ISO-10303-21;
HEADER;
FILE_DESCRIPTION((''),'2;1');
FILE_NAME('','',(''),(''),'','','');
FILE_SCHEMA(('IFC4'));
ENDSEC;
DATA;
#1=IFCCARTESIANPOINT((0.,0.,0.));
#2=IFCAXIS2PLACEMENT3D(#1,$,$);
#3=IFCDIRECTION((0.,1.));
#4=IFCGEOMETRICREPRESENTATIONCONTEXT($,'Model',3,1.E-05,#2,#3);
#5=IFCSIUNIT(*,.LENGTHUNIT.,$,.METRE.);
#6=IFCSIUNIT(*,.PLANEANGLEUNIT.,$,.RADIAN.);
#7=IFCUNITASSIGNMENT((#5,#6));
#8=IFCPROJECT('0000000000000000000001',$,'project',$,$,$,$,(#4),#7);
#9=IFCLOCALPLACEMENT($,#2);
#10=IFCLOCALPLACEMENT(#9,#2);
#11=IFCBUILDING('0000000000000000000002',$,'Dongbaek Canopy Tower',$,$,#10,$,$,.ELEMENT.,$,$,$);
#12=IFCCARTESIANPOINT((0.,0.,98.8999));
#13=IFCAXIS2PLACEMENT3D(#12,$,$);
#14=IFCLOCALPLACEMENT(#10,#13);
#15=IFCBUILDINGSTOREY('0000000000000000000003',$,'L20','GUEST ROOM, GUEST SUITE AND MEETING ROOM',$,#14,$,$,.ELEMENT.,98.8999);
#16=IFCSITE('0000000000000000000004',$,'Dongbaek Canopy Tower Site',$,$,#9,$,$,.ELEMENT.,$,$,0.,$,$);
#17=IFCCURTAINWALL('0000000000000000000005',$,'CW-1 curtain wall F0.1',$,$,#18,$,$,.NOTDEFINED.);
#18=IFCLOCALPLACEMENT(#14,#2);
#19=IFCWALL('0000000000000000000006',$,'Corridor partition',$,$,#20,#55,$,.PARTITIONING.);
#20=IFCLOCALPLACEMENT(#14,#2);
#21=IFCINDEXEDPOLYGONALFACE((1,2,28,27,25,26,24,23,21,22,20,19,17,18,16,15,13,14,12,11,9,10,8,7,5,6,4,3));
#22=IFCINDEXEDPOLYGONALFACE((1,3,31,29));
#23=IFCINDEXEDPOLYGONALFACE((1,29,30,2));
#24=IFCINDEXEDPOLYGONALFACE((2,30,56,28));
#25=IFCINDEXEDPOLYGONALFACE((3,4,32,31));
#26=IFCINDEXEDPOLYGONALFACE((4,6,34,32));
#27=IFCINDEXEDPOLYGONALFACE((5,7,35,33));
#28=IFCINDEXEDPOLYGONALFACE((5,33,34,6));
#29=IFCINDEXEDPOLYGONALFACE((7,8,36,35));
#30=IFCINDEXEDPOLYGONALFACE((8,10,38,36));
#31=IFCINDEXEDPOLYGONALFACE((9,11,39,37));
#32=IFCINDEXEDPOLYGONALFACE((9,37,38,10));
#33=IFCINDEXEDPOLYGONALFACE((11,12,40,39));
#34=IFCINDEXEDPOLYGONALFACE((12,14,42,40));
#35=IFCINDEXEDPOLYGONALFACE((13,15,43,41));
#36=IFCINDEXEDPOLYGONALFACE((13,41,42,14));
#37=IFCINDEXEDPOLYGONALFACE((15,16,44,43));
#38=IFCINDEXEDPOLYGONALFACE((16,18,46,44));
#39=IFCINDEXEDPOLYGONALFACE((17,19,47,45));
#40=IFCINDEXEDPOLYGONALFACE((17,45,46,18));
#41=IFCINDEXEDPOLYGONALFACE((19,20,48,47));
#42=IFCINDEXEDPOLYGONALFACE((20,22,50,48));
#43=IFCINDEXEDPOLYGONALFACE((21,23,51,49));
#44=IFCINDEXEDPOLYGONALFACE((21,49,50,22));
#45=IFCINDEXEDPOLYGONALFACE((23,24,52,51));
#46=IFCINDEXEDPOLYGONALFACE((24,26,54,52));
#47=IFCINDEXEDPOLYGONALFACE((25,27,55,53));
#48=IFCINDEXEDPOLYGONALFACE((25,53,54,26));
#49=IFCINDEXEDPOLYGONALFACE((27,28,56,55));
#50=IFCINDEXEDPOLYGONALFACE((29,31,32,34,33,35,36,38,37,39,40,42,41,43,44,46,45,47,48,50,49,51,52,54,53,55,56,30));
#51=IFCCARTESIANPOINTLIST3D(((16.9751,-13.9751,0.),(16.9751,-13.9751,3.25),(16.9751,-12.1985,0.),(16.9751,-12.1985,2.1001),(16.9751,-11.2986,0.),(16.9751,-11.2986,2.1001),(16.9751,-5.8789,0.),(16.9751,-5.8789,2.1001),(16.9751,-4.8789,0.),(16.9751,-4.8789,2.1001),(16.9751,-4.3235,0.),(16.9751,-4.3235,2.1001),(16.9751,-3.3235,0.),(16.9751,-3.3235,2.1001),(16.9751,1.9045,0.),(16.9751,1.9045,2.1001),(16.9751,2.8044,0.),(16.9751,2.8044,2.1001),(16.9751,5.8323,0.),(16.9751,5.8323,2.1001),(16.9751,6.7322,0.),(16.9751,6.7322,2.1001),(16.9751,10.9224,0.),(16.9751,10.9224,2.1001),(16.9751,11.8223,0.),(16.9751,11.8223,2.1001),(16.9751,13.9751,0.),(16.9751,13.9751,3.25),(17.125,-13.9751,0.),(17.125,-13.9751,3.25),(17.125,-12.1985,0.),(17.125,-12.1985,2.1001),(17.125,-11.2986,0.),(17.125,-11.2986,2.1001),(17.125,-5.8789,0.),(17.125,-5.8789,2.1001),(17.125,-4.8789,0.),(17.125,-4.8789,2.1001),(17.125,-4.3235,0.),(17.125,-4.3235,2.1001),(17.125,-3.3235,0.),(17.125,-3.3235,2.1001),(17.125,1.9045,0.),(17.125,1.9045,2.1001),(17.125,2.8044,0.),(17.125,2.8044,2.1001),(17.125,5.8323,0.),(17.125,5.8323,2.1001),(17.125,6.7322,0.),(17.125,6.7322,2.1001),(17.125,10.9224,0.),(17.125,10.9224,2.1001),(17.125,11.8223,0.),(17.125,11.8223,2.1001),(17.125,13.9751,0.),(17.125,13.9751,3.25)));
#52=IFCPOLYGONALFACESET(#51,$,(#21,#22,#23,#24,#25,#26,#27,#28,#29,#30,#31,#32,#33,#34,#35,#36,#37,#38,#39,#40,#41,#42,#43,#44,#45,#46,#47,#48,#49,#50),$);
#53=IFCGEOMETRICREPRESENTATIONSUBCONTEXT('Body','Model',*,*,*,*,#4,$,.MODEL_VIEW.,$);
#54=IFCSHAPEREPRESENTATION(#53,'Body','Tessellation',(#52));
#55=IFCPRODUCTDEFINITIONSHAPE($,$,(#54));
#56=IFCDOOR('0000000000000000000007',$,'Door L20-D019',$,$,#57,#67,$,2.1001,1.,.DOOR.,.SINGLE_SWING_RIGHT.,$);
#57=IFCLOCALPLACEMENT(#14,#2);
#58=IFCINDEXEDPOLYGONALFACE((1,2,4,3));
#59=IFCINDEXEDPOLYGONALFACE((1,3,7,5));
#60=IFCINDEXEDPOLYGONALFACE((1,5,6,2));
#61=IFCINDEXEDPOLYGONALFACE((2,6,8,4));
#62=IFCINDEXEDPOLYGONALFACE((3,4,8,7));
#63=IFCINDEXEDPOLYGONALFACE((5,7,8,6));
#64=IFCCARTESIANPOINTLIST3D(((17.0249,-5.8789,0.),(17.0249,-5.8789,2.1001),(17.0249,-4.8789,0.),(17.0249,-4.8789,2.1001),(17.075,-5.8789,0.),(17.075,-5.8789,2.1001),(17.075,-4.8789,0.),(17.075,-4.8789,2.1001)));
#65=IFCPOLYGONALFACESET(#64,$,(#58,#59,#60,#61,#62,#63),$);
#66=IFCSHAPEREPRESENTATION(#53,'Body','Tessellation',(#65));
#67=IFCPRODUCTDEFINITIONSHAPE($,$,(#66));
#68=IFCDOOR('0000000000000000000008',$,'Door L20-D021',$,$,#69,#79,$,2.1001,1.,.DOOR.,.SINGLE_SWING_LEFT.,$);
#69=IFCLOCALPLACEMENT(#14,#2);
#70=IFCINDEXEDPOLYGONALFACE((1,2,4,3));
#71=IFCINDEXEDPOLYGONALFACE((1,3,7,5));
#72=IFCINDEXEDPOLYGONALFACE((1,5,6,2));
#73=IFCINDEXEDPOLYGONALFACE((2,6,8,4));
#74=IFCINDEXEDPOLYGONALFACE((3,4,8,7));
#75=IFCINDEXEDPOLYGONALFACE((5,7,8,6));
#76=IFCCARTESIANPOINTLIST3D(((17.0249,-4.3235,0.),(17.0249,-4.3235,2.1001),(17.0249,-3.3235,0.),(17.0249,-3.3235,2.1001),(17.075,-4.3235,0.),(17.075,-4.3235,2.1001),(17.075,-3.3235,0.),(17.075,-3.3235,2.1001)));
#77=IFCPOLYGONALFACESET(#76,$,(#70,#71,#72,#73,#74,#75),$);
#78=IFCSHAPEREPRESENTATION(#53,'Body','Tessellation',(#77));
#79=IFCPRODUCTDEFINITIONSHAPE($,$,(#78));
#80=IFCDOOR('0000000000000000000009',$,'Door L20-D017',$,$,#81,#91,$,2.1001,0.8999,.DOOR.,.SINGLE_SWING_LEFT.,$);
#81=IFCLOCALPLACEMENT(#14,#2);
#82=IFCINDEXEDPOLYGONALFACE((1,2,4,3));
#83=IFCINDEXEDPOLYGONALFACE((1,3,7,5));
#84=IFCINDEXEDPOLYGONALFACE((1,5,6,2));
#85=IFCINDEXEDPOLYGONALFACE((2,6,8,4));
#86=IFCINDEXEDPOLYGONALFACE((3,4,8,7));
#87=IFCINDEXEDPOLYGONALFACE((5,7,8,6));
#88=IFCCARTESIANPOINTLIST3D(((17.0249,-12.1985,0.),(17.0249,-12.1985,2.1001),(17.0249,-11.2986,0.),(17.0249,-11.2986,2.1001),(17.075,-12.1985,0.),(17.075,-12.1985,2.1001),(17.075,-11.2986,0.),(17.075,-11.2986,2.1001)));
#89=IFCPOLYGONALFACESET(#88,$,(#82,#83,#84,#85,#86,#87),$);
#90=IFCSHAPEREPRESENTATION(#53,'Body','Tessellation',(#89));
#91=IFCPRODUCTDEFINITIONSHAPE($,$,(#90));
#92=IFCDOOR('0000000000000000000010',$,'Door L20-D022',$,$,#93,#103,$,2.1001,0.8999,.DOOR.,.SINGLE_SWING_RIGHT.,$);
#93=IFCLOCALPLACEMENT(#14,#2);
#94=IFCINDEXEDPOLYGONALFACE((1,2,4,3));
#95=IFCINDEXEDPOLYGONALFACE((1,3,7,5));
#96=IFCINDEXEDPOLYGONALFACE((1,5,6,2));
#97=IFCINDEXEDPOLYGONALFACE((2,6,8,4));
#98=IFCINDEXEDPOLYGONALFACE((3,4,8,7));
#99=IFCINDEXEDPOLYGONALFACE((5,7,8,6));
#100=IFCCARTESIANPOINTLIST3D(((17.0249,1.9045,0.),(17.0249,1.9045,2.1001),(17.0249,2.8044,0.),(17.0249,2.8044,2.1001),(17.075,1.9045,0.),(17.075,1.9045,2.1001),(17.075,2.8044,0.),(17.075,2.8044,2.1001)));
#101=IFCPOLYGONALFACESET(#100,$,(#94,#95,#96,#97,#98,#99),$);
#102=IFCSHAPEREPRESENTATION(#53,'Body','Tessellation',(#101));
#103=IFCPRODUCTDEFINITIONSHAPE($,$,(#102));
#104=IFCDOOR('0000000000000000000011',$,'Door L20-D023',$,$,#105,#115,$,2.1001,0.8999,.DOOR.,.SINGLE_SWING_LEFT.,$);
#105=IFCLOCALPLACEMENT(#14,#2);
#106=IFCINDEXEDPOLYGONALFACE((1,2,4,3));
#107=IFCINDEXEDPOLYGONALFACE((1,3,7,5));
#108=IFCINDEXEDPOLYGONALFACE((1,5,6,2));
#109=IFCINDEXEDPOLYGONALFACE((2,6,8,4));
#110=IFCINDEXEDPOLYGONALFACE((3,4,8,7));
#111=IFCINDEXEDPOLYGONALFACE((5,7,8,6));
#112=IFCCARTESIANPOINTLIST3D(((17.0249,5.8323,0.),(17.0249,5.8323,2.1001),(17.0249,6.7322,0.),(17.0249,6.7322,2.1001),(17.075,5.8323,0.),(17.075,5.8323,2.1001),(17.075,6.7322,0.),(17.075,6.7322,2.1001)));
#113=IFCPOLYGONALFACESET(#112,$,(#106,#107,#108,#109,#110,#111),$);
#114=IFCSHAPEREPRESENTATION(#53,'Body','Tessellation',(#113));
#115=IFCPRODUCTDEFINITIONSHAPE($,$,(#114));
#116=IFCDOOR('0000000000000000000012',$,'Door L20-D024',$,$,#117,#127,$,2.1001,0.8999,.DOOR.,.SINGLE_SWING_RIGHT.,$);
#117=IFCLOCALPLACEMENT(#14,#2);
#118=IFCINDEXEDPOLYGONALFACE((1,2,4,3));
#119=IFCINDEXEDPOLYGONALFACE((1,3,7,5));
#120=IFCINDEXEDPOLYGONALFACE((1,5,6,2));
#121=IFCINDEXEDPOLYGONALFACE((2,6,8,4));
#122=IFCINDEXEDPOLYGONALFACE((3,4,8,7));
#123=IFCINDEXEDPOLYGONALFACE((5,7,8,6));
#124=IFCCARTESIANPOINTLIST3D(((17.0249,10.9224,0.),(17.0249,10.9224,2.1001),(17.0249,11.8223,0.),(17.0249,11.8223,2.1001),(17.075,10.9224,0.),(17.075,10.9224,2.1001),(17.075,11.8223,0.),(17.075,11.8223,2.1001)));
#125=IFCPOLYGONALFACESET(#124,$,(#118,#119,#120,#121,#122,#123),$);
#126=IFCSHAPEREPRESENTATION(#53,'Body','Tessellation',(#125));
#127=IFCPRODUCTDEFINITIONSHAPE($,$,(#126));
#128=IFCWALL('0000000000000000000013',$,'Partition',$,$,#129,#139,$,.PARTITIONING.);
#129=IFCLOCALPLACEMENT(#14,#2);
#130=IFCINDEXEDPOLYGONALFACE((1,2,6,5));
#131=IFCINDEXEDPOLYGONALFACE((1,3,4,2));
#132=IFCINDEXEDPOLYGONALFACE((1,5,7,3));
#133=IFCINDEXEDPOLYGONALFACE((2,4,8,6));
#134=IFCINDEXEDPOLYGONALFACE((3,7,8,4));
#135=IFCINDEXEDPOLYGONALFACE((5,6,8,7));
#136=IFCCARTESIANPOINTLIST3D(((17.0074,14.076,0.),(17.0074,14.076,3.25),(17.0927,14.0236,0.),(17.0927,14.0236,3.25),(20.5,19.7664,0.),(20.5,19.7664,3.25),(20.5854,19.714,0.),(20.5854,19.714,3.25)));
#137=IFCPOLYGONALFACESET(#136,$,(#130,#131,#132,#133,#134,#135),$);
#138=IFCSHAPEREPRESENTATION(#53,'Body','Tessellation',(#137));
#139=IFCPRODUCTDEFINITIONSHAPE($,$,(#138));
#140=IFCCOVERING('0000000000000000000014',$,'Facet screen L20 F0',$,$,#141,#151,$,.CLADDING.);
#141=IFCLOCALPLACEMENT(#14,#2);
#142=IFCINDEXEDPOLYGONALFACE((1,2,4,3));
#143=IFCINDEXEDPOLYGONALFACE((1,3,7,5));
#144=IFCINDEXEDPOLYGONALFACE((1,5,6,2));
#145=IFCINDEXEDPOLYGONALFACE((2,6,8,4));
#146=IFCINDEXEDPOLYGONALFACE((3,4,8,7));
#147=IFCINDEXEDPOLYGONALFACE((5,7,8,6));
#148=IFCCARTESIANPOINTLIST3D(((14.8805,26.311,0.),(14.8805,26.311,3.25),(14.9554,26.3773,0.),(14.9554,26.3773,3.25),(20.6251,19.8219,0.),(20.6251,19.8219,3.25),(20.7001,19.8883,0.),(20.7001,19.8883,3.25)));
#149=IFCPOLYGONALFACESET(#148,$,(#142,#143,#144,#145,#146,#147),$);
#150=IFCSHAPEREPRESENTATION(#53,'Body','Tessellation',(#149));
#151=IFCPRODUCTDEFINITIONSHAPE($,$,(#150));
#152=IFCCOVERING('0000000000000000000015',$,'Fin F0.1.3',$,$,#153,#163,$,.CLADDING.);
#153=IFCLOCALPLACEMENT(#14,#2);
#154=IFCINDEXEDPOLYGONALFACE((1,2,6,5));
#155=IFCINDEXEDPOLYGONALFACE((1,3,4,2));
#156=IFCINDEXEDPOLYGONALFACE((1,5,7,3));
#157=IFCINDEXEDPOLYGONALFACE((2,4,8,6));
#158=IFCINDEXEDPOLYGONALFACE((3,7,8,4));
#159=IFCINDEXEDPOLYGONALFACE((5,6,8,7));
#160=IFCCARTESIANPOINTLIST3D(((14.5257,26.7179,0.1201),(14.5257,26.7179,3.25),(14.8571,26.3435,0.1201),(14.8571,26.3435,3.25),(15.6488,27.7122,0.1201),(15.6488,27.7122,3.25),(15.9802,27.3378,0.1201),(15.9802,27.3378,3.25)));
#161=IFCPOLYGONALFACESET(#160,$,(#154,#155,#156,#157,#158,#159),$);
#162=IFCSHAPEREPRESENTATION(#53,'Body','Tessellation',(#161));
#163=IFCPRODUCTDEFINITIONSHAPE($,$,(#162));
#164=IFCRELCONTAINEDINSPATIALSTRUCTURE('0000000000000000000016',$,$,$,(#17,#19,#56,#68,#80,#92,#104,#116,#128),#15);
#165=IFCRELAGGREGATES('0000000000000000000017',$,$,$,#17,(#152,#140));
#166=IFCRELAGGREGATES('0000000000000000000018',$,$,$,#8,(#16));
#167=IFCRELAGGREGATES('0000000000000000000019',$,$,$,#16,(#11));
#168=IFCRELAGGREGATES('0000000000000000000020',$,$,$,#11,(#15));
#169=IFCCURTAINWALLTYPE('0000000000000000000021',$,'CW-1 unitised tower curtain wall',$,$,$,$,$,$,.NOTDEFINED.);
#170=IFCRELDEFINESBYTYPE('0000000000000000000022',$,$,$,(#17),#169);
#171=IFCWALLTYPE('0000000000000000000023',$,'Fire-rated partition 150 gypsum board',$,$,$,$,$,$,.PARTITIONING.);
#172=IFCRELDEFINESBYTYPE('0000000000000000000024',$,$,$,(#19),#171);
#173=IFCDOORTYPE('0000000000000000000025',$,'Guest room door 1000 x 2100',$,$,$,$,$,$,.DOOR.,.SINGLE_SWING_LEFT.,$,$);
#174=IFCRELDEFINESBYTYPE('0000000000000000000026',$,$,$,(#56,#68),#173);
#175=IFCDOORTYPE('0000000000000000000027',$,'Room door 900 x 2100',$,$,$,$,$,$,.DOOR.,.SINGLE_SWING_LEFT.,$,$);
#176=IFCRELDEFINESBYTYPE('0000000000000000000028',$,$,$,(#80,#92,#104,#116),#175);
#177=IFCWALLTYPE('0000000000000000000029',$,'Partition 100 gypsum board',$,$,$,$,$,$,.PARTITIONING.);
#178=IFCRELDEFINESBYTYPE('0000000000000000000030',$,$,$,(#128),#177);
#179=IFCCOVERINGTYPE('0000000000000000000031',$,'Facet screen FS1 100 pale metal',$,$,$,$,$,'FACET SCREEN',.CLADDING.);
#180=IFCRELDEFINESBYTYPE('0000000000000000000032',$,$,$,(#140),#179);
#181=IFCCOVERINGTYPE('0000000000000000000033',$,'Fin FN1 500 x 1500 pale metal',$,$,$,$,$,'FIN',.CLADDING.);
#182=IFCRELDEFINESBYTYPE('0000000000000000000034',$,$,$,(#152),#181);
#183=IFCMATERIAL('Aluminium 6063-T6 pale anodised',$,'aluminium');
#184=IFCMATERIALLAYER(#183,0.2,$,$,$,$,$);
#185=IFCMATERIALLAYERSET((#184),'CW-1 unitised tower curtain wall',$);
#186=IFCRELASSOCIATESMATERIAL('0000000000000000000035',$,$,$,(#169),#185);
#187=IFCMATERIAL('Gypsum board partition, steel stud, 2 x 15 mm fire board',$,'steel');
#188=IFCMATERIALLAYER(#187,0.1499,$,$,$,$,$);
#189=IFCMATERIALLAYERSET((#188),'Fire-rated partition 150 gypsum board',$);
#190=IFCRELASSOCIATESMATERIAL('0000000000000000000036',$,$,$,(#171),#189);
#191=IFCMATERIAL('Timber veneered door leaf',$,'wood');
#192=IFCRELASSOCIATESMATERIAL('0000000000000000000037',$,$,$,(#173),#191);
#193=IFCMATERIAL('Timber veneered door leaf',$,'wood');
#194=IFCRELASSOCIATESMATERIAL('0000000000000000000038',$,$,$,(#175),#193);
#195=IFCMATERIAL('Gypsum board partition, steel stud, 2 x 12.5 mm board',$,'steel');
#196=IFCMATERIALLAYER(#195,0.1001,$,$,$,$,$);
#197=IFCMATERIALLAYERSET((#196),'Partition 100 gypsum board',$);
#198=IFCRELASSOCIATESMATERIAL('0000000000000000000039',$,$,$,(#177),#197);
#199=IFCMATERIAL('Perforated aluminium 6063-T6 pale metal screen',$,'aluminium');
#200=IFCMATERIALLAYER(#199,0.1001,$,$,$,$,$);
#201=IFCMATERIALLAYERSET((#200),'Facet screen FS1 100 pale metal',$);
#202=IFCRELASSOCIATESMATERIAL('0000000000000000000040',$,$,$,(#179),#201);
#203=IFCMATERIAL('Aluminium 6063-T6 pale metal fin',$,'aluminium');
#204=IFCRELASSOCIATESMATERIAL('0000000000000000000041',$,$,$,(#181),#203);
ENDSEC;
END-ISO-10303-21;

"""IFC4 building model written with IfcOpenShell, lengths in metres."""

from ifc_helpers import new_model, si_unit, direction, frame, frame_2d, origin, origin_2d, place, context, subcontext, project, spatial, rectangle, extrude, material, layer, layer_set, material_profile, profile_set, type_object, element, fill, aggregate, save


model = new_model("IFC4")

# Units and contexts
model_context = context("Model", 3, precision=1e-05, world=origin(), true_north=direction((0.0, 1.0)))
body_context = subcontext(model_context, "Body", "Model", "MODEL_VIEW")
ifc_project = project(units=[si_unit("LENGTHUNIT", "METRE"), si_unit("PLANEANGLEUNIT", "RADIAN")], contexts=[model_context])

# Site, building, storey
site_placement = place(None, origin())
site = spatial("IfcSite", under=ifc_project, at=site_placement, Name="Dongbaek Canopy Tower Site", CompositionType="ELEMENT", RefElevation=0.0)
building_placement = place(site_placement, origin())
building = spatial("IfcBuilding", under=site, at=building_placement, Name="Dongbaek Canopy Tower", CompositionType="ELEMENT")
storey_placement = place(building_placement, frame((0.0, 0.0, 98.8999)))
storey = spatial("IfcBuildingStorey", under=building, at=storey_placement, Name="L20", Description="GUEST ROOM, GUEST SUITE AND MEETING ROOM", CompositionType="ELEMENT", Elevation=98.8999)

# Curtain wall
ifc_material_1 = material(Name="Aluminium 6063-T6 pale anodised", Category="aluminium")
ifc_layer_1 = layer(ifc_material_1, 0.2)
ifc_layer_set_1 = layer_set([ifc_layer_1], Name="CW-1 unitised tower curtain wall")
curtain_wall_type = type_object("IfcCurtainWallType", Name="CW-1 unitised tower curtain wall", PredefinedType="NOTDEFINED", material=ifc_layer_set_1)
curtain_wall_1_placement = place(storey_placement, origin())
curtain_wall_1 = element("IfcCurtainWall", 1, at=curtain_wall_1_placement, inside=storey, type_object=curtain_wall_type, Name="CW-1 curtain wall F0.1", PredefinedType="NOTDEFINED")

# Wall, openings, doors
ifc_material_2 = material(Name="Gypsum board partition, steel stud, 2 x 15 mm fire board", Category="steel")
ifc_layer_2 = layer(ifc_material_2, 0.1499)
ifc_layer_set_2 = layer_set([ifc_layer_2], Name="Fire-rated partition 150 gypsum board")
wall_type_1 = type_object("IfcWallType", Name="Fire-rated partition 150 gypsum board", PredefinedType="PARTITIONING", material=ifc_layer_set_2)
wall_1_placement = place(storey_placement, frame((17.05, 13.9751, 0.0), z_axis=(0.0, 0.0, 1.0), x_axis=(0.0, -1.0, 0.0)))
wall_1 = element("IfcWall", 2, at=wall_1_placement, inside=storey, type_object=wall_type_1, Name="Corridor partition", PredefinedType="PARTITIONING", context=body_context, shape_type="SweptSolid", body=[
    extrude(rectangle(XDim=27.9502, YDim=0.1499, at=frame_2d((13.9751, 0.0))), origin(), (0.0, 0.0, 1.0), 3.25),
])
opening_1_placement = place(wall_1_placement, frame((25.2737, 0.0, 0.0)))
opening_1 = element("IfcOpeningElement", 3, at=opening_1_placement, cuts=wall_1, PredefinedType="OPENING", context=body_context, shape_type="SweptSolid", body=[
    extrude(rectangle(XDim=0.8999, YDim=2.1001, at=frame_2d((0.45, 1.05))), frame((0.0, 0.085, 0.0), z_axis=(0.0, -1.0, 0.0), x_axis=(1.0, 0.0, 0.0)), (0.0, 0.0, 1.0), 0.1699),
])
opening_2_placement = place(wall_1_placement, frame((18.854, 0.0, 0.0)))
opening_2 = element("IfcOpeningElement", 4, at=opening_2_placement, cuts=wall_1, PredefinedType="OPENING", context=body_context, shape_type="SweptSolid", body=[
    extrude(rectangle(XDim=1.0, YDim=2.1001, at=frame_2d((0.5, 1.05))), frame((0.0, 0.085, 0.0), z_axis=(0.0, -1.0, 0.0), x_axis=(1.0, 0.0, 0.0)), (0.0, 0.0, 1.0), 0.1699),
])
opening_3_placement = place(wall_1_placement, frame((17.2986, 0.0, 0.0)))
opening_3 = element("IfcOpeningElement", 5, at=opening_3_placement, cuts=wall_1, PredefinedType="OPENING", context=body_context, shape_type="SweptSolid", body=[
    extrude(rectangle(XDim=1.0, YDim=2.1001, at=frame_2d((0.5, 1.05))), frame((0.0, 0.085, 0.0), z_axis=(0.0, -1.0, 0.0), x_axis=(1.0, 0.0, 0.0)), (0.0, 0.0, 1.0), 0.1699),
])
opening_4_placement = place(wall_1_placement, frame((11.1707, 0.0, 0.0)))
opening_4 = element("IfcOpeningElement", 6, at=opening_4_placement, cuts=wall_1, PredefinedType="OPENING", context=body_context, shape_type="SweptSolid", body=[
    extrude(rectangle(XDim=0.8999, YDim=2.1001, at=frame_2d((0.45, 1.05))), frame((0.0, 0.085, 0.0), z_axis=(0.0, -1.0, 0.0), x_axis=(1.0, 0.0, 0.0)), (0.0, 0.0, 1.0), 0.1699),
])
opening_5_placement = place(wall_1_placement, frame((7.2429, 0.0, 0.0)))
opening_5 = element("IfcOpeningElement", 7, at=opening_5_placement, cuts=wall_1, PredefinedType="OPENING", context=body_context, shape_type="SweptSolid", body=[
    extrude(rectangle(XDim=0.8999, YDim=2.1001, at=frame_2d((0.45, 1.05))), frame((0.0, 0.085, 0.0), z_axis=(0.0, -1.0, 0.0), x_axis=(1.0, 0.0, 0.0)), (0.0, 0.0, 1.0), 0.1699),
])
opening_6_placement = place(wall_1_placement, frame((2.1528, 0.0, 0.0)))
opening_6 = element("IfcOpeningElement", 8, at=opening_6_placement, cuts=wall_1, PredefinedType="OPENING", context=body_context, shape_type="SweptSolid", body=[
    extrude(rectangle(XDim=0.8999, YDim=2.1001, at=frame_2d((0.45, 1.05))), frame((0.0, 0.085, 0.0), z_axis=(0.0, -1.0, 0.0), x_axis=(1.0, 0.0, 0.0)), (0.0, 0.0, 1.0), 0.1699),
])
ifc_material_3 = material(Name="Timber veneered door leaf", Category="wood")
door_type_1 = type_object("IfcDoorType", Name="Guest room door 1000 x 2100", OperationType="SINGLE_SWING_LEFT", PredefinedType="DOOR", material=ifc_material_3)
door_1_placement = place(opening_2_placement, origin())
door_1 = element("IfcDoor", 9, at=door_1_placement, inside=storey, type_object=door_type_1, Name="Door L20-D019", OperationType="SINGLE_SWING_RIGHT", OverallHeight=2.1001, OverallWidth=1.0, PredefinedType="DOOR", context=body_context, shape_type="SweptSolid", body=[
    extrude(rectangle(XDim=1.0, YDim=2.1001, at=frame_2d((0.5, 1.05))), frame((0.0, 0.0249, 0.0), z_axis=(0.0, -1.0, 0.0), x_axis=(1.0, 0.0, 0.0)), (0.0, 0.0, 1.0), 0.05),
])
fill(opening_2, door_1)
door_2_placement = place(opening_3_placement, origin())
door_2 = element("IfcDoor", 10, at=door_2_placement, inside=storey, type_object=door_type_1, Name="Door L20-D021", OperationType="SINGLE_SWING_LEFT", OverallHeight=2.1001, OverallWidth=1.0, PredefinedType="DOOR", context=body_context, shape_type="SweptSolid", body=[
    extrude(rectangle(XDim=1.0, YDim=2.1001, at=frame_2d((0.5, 1.05))), frame((0.0, 0.0249, 0.0), z_axis=(0.0, -1.0, 0.0), x_axis=(1.0, 0.0, 0.0)), (0.0, 0.0, 1.0), 0.05),
])
fill(opening_3, door_2)
ifc_material_4 = material(Name="Timber veneered door leaf", Category="wood")
door_type_2 = type_object("IfcDoorType", Name="Room door 900 x 2100", OperationType="SINGLE_SWING_LEFT", PredefinedType="DOOR", material=ifc_material_4)
door_3_placement = place(opening_1_placement, origin())
door_3 = element("IfcDoor", 11, at=door_3_placement, inside=storey, type_object=door_type_2, Name="Door L20-D017", OperationType="SINGLE_SWING_LEFT", OverallHeight=2.1001, OverallWidth=0.8999, PredefinedType="DOOR", context=body_context, shape_type="SweptSolid", body=[
    extrude(rectangle(XDim=0.8999, YDim=2.1001, at=frame_2d((0.45, 1.05))), frame((0.0, 0.0249, 0.0), z_axis=(0.0, -1.0, 0.0), x_axis=(1.0, 0.0, 0.0)), (0.0, 0.0, 1.0), 0.05),
])
fill(opening_1, door_3)
door_4_placement = place(opening_4_placement, origin())
door_4 = element("IfcDoor", 12, at=door_4_placement, inside=storey, type_object=door_type_2, Name="Door L20-D022", OperationType="SINGLE_SWING_RIGHT", OverallHeight=2.1001, OverallWidth=0.8999, PredefinedType="DOOR", context=body_context, shape_type="SweptSolid", body=[
    extrude(rectangle(XDim=0.8999, YDim=2.1001, at=frame_2d((0.45, 1.05))), frame((0.0, 0.0249, 0.0), z_axis=(0.0, -1.0, 0.0), x_axis=(1.0, 0.0, 0.0)), (0.0, 0.0, 1.0), 0.05),
])
fill(opening_4, door_4)
door_5_placement = place(opening_5_placement, origin())
door_5 = element("IfcDoor", 13, at=door_5_placement, inside=storey, type_object=door_type_2, Name="Door L20-D023", OperationType="SINGLE_SWING_LEFT", OverallHeight=2.1001, OverallWidth=0.8999, PredefinedType="DOOR", context=body_context, shape_type="SweptSolid", body=[
    extrude(rectangle(XDim=0.8999, YDim=2.1001, at=frame_2d((0.45, 1.05))), frame((0.0, 0.0249, 0.0), z_axis=(0.0, -1.0, 0.0), x_axis=(1.0, 0.0, 0.0)), (0.0, 0.0, 1.0), 0.05),
])
fill(opening_5, door_5)
door_6_placement = place(opening_6_placement, origin())
door_6 = element("IfcDoor", 14, at=door_6_placement, inside=storey, type_object=door_type_2, Name="Door L20-D024", OperationType="SINGLE_SWING_RIGHT", OverallHeight=2.1001, OverallWidth=0.8999, PredefinedType="DOOR", context=body_context, shape_type="SweptSolid", body=[
    extrude(rectangle(XDim=0.8999, YDim=2.1001, at=frame_2d((0.45, 1.05))), frame((0.0, 0.0249, 0.0), z_axis=(0.0, -1.0, 0.0), x_axis=(1.0, 0.0, 0.0)), (0.0, 0.0, 1.0), 0.05),
])
fill(opening_6, door_6)

# Wall
ifc_material_5 = material(Name="Gypsum board partition, steel stud, 2 x 12.5 mm board", Category="steel")
ifc_layer_3 = layer(ifc_material_5, 0.1001)
ifc_layer_set_3 = layer_set([ifc_layer_3], Name="Partition 100 gypsum board")
wall_type_2 = type_object("IfcWallType", Name="Partition 100 gypsum board", PredefinedType="PARTITIONING", material=ifc_layer_set_3)
wall_2_placement = place(storey_placement, frame((17.05, 14.0498, 0.0), z_axis=(0.0, 0.0, 1.0), x_axis=(0.523106, 0.852268, 0.0)))
element("IfcWall", 15, at=wall_2_placement, inside=storey, type_object=wall_type_2, Name="Partition", PredefinedType="PARTITIONING", context=body_context, shape_type="SweptSolid", body=[
    extrude(rectangle(XDim=6.6768, YDim=0.1001, at=frame_2d((3.3384, 0.0))), origin(), (0.0, 0.0, 1.0), 3.25),
])

# Coverings
ifc_material_6 = material(Name="Perforated aluminium 6063-T6 pale metal screen", Category="aluminium")
ifc_layer_4 = layer(ifc_material_6, 0.1001)
ifc_layer_set_4 = layer_set([ifc_layer_4], Name="Facet screen FS1 100 pale metal")
covering_type_1 = type_object("IfcCoveringType", Name="Facet screen FS1 100 pale metal", ElementType="FACET SCREEN", PredefinedType="CLADDING", material=ifc_layer_set_4)
covering_1_placement = place(storey_placement, frame((17.7903, 23.0996, 0.0), z_axis=(0.0, 0.0, 1.0), x_axis=(-0.662854, 0.748749, 0.0)))
covering_1 = element("IfcCovering", 16, at=covering_1_placement, type_object=covering_type_1, Name="Facet screen L20 F0", PredefinedType="CLADDING", context=body_context, shape_type="SweptSolid", body=[
    extrude(rectangle(XDim=8.6665, YDim=0.1001, at=origin_2d()), origin(), (0.0, 0.0, 1.0), 3.25),
])
ifc_material_7 = material(Name="Aluminium 6063-T6 pale metal fin", Category="aluminium")
ifc_material_profile_1 = material_profile(ifc_material_7, rectangle(XDim=1.5, YDim=0.5, at=origin_2d()), Name="Fin FN1 500 x 1500 pale metal")
ifc_profile_set_1 = profile_set([ifc_material_profile_1], Name="Aluminium 6063-T6 pale metal fin")
covering_type_2 = type_object("IfcCoveringType", Name="Fin FN1 500 x 1500 pale metal", ElementType="FIN", PredefinedType="CLADDING", material=ifc_profile_set_1)
covering_2_placement = place(storey_placement, frame((15.2529, 27.0278, 0.1201), z_axis=(0.0, 0.0, 1.0), x_axis=(0.748749, 0.662854, 0.0)))
covering_2 = element("IfcCovering", 17, at=covering_2_placement, type_object=covering_type_2, Name="Fin F0.1.3", PredefinedType="CLADDING", context=body_context, shape_type="SweptSolid", body=[
    extrude(rectangle(XDim=1.5, YDim=0.5, at=origin_2d()), origin(), (0.0, 0.0, 1.0), 3.1299),
])
aggregate(curtain_wall_1, [covering_2, covering_1])

save(model, "model.ifc")
